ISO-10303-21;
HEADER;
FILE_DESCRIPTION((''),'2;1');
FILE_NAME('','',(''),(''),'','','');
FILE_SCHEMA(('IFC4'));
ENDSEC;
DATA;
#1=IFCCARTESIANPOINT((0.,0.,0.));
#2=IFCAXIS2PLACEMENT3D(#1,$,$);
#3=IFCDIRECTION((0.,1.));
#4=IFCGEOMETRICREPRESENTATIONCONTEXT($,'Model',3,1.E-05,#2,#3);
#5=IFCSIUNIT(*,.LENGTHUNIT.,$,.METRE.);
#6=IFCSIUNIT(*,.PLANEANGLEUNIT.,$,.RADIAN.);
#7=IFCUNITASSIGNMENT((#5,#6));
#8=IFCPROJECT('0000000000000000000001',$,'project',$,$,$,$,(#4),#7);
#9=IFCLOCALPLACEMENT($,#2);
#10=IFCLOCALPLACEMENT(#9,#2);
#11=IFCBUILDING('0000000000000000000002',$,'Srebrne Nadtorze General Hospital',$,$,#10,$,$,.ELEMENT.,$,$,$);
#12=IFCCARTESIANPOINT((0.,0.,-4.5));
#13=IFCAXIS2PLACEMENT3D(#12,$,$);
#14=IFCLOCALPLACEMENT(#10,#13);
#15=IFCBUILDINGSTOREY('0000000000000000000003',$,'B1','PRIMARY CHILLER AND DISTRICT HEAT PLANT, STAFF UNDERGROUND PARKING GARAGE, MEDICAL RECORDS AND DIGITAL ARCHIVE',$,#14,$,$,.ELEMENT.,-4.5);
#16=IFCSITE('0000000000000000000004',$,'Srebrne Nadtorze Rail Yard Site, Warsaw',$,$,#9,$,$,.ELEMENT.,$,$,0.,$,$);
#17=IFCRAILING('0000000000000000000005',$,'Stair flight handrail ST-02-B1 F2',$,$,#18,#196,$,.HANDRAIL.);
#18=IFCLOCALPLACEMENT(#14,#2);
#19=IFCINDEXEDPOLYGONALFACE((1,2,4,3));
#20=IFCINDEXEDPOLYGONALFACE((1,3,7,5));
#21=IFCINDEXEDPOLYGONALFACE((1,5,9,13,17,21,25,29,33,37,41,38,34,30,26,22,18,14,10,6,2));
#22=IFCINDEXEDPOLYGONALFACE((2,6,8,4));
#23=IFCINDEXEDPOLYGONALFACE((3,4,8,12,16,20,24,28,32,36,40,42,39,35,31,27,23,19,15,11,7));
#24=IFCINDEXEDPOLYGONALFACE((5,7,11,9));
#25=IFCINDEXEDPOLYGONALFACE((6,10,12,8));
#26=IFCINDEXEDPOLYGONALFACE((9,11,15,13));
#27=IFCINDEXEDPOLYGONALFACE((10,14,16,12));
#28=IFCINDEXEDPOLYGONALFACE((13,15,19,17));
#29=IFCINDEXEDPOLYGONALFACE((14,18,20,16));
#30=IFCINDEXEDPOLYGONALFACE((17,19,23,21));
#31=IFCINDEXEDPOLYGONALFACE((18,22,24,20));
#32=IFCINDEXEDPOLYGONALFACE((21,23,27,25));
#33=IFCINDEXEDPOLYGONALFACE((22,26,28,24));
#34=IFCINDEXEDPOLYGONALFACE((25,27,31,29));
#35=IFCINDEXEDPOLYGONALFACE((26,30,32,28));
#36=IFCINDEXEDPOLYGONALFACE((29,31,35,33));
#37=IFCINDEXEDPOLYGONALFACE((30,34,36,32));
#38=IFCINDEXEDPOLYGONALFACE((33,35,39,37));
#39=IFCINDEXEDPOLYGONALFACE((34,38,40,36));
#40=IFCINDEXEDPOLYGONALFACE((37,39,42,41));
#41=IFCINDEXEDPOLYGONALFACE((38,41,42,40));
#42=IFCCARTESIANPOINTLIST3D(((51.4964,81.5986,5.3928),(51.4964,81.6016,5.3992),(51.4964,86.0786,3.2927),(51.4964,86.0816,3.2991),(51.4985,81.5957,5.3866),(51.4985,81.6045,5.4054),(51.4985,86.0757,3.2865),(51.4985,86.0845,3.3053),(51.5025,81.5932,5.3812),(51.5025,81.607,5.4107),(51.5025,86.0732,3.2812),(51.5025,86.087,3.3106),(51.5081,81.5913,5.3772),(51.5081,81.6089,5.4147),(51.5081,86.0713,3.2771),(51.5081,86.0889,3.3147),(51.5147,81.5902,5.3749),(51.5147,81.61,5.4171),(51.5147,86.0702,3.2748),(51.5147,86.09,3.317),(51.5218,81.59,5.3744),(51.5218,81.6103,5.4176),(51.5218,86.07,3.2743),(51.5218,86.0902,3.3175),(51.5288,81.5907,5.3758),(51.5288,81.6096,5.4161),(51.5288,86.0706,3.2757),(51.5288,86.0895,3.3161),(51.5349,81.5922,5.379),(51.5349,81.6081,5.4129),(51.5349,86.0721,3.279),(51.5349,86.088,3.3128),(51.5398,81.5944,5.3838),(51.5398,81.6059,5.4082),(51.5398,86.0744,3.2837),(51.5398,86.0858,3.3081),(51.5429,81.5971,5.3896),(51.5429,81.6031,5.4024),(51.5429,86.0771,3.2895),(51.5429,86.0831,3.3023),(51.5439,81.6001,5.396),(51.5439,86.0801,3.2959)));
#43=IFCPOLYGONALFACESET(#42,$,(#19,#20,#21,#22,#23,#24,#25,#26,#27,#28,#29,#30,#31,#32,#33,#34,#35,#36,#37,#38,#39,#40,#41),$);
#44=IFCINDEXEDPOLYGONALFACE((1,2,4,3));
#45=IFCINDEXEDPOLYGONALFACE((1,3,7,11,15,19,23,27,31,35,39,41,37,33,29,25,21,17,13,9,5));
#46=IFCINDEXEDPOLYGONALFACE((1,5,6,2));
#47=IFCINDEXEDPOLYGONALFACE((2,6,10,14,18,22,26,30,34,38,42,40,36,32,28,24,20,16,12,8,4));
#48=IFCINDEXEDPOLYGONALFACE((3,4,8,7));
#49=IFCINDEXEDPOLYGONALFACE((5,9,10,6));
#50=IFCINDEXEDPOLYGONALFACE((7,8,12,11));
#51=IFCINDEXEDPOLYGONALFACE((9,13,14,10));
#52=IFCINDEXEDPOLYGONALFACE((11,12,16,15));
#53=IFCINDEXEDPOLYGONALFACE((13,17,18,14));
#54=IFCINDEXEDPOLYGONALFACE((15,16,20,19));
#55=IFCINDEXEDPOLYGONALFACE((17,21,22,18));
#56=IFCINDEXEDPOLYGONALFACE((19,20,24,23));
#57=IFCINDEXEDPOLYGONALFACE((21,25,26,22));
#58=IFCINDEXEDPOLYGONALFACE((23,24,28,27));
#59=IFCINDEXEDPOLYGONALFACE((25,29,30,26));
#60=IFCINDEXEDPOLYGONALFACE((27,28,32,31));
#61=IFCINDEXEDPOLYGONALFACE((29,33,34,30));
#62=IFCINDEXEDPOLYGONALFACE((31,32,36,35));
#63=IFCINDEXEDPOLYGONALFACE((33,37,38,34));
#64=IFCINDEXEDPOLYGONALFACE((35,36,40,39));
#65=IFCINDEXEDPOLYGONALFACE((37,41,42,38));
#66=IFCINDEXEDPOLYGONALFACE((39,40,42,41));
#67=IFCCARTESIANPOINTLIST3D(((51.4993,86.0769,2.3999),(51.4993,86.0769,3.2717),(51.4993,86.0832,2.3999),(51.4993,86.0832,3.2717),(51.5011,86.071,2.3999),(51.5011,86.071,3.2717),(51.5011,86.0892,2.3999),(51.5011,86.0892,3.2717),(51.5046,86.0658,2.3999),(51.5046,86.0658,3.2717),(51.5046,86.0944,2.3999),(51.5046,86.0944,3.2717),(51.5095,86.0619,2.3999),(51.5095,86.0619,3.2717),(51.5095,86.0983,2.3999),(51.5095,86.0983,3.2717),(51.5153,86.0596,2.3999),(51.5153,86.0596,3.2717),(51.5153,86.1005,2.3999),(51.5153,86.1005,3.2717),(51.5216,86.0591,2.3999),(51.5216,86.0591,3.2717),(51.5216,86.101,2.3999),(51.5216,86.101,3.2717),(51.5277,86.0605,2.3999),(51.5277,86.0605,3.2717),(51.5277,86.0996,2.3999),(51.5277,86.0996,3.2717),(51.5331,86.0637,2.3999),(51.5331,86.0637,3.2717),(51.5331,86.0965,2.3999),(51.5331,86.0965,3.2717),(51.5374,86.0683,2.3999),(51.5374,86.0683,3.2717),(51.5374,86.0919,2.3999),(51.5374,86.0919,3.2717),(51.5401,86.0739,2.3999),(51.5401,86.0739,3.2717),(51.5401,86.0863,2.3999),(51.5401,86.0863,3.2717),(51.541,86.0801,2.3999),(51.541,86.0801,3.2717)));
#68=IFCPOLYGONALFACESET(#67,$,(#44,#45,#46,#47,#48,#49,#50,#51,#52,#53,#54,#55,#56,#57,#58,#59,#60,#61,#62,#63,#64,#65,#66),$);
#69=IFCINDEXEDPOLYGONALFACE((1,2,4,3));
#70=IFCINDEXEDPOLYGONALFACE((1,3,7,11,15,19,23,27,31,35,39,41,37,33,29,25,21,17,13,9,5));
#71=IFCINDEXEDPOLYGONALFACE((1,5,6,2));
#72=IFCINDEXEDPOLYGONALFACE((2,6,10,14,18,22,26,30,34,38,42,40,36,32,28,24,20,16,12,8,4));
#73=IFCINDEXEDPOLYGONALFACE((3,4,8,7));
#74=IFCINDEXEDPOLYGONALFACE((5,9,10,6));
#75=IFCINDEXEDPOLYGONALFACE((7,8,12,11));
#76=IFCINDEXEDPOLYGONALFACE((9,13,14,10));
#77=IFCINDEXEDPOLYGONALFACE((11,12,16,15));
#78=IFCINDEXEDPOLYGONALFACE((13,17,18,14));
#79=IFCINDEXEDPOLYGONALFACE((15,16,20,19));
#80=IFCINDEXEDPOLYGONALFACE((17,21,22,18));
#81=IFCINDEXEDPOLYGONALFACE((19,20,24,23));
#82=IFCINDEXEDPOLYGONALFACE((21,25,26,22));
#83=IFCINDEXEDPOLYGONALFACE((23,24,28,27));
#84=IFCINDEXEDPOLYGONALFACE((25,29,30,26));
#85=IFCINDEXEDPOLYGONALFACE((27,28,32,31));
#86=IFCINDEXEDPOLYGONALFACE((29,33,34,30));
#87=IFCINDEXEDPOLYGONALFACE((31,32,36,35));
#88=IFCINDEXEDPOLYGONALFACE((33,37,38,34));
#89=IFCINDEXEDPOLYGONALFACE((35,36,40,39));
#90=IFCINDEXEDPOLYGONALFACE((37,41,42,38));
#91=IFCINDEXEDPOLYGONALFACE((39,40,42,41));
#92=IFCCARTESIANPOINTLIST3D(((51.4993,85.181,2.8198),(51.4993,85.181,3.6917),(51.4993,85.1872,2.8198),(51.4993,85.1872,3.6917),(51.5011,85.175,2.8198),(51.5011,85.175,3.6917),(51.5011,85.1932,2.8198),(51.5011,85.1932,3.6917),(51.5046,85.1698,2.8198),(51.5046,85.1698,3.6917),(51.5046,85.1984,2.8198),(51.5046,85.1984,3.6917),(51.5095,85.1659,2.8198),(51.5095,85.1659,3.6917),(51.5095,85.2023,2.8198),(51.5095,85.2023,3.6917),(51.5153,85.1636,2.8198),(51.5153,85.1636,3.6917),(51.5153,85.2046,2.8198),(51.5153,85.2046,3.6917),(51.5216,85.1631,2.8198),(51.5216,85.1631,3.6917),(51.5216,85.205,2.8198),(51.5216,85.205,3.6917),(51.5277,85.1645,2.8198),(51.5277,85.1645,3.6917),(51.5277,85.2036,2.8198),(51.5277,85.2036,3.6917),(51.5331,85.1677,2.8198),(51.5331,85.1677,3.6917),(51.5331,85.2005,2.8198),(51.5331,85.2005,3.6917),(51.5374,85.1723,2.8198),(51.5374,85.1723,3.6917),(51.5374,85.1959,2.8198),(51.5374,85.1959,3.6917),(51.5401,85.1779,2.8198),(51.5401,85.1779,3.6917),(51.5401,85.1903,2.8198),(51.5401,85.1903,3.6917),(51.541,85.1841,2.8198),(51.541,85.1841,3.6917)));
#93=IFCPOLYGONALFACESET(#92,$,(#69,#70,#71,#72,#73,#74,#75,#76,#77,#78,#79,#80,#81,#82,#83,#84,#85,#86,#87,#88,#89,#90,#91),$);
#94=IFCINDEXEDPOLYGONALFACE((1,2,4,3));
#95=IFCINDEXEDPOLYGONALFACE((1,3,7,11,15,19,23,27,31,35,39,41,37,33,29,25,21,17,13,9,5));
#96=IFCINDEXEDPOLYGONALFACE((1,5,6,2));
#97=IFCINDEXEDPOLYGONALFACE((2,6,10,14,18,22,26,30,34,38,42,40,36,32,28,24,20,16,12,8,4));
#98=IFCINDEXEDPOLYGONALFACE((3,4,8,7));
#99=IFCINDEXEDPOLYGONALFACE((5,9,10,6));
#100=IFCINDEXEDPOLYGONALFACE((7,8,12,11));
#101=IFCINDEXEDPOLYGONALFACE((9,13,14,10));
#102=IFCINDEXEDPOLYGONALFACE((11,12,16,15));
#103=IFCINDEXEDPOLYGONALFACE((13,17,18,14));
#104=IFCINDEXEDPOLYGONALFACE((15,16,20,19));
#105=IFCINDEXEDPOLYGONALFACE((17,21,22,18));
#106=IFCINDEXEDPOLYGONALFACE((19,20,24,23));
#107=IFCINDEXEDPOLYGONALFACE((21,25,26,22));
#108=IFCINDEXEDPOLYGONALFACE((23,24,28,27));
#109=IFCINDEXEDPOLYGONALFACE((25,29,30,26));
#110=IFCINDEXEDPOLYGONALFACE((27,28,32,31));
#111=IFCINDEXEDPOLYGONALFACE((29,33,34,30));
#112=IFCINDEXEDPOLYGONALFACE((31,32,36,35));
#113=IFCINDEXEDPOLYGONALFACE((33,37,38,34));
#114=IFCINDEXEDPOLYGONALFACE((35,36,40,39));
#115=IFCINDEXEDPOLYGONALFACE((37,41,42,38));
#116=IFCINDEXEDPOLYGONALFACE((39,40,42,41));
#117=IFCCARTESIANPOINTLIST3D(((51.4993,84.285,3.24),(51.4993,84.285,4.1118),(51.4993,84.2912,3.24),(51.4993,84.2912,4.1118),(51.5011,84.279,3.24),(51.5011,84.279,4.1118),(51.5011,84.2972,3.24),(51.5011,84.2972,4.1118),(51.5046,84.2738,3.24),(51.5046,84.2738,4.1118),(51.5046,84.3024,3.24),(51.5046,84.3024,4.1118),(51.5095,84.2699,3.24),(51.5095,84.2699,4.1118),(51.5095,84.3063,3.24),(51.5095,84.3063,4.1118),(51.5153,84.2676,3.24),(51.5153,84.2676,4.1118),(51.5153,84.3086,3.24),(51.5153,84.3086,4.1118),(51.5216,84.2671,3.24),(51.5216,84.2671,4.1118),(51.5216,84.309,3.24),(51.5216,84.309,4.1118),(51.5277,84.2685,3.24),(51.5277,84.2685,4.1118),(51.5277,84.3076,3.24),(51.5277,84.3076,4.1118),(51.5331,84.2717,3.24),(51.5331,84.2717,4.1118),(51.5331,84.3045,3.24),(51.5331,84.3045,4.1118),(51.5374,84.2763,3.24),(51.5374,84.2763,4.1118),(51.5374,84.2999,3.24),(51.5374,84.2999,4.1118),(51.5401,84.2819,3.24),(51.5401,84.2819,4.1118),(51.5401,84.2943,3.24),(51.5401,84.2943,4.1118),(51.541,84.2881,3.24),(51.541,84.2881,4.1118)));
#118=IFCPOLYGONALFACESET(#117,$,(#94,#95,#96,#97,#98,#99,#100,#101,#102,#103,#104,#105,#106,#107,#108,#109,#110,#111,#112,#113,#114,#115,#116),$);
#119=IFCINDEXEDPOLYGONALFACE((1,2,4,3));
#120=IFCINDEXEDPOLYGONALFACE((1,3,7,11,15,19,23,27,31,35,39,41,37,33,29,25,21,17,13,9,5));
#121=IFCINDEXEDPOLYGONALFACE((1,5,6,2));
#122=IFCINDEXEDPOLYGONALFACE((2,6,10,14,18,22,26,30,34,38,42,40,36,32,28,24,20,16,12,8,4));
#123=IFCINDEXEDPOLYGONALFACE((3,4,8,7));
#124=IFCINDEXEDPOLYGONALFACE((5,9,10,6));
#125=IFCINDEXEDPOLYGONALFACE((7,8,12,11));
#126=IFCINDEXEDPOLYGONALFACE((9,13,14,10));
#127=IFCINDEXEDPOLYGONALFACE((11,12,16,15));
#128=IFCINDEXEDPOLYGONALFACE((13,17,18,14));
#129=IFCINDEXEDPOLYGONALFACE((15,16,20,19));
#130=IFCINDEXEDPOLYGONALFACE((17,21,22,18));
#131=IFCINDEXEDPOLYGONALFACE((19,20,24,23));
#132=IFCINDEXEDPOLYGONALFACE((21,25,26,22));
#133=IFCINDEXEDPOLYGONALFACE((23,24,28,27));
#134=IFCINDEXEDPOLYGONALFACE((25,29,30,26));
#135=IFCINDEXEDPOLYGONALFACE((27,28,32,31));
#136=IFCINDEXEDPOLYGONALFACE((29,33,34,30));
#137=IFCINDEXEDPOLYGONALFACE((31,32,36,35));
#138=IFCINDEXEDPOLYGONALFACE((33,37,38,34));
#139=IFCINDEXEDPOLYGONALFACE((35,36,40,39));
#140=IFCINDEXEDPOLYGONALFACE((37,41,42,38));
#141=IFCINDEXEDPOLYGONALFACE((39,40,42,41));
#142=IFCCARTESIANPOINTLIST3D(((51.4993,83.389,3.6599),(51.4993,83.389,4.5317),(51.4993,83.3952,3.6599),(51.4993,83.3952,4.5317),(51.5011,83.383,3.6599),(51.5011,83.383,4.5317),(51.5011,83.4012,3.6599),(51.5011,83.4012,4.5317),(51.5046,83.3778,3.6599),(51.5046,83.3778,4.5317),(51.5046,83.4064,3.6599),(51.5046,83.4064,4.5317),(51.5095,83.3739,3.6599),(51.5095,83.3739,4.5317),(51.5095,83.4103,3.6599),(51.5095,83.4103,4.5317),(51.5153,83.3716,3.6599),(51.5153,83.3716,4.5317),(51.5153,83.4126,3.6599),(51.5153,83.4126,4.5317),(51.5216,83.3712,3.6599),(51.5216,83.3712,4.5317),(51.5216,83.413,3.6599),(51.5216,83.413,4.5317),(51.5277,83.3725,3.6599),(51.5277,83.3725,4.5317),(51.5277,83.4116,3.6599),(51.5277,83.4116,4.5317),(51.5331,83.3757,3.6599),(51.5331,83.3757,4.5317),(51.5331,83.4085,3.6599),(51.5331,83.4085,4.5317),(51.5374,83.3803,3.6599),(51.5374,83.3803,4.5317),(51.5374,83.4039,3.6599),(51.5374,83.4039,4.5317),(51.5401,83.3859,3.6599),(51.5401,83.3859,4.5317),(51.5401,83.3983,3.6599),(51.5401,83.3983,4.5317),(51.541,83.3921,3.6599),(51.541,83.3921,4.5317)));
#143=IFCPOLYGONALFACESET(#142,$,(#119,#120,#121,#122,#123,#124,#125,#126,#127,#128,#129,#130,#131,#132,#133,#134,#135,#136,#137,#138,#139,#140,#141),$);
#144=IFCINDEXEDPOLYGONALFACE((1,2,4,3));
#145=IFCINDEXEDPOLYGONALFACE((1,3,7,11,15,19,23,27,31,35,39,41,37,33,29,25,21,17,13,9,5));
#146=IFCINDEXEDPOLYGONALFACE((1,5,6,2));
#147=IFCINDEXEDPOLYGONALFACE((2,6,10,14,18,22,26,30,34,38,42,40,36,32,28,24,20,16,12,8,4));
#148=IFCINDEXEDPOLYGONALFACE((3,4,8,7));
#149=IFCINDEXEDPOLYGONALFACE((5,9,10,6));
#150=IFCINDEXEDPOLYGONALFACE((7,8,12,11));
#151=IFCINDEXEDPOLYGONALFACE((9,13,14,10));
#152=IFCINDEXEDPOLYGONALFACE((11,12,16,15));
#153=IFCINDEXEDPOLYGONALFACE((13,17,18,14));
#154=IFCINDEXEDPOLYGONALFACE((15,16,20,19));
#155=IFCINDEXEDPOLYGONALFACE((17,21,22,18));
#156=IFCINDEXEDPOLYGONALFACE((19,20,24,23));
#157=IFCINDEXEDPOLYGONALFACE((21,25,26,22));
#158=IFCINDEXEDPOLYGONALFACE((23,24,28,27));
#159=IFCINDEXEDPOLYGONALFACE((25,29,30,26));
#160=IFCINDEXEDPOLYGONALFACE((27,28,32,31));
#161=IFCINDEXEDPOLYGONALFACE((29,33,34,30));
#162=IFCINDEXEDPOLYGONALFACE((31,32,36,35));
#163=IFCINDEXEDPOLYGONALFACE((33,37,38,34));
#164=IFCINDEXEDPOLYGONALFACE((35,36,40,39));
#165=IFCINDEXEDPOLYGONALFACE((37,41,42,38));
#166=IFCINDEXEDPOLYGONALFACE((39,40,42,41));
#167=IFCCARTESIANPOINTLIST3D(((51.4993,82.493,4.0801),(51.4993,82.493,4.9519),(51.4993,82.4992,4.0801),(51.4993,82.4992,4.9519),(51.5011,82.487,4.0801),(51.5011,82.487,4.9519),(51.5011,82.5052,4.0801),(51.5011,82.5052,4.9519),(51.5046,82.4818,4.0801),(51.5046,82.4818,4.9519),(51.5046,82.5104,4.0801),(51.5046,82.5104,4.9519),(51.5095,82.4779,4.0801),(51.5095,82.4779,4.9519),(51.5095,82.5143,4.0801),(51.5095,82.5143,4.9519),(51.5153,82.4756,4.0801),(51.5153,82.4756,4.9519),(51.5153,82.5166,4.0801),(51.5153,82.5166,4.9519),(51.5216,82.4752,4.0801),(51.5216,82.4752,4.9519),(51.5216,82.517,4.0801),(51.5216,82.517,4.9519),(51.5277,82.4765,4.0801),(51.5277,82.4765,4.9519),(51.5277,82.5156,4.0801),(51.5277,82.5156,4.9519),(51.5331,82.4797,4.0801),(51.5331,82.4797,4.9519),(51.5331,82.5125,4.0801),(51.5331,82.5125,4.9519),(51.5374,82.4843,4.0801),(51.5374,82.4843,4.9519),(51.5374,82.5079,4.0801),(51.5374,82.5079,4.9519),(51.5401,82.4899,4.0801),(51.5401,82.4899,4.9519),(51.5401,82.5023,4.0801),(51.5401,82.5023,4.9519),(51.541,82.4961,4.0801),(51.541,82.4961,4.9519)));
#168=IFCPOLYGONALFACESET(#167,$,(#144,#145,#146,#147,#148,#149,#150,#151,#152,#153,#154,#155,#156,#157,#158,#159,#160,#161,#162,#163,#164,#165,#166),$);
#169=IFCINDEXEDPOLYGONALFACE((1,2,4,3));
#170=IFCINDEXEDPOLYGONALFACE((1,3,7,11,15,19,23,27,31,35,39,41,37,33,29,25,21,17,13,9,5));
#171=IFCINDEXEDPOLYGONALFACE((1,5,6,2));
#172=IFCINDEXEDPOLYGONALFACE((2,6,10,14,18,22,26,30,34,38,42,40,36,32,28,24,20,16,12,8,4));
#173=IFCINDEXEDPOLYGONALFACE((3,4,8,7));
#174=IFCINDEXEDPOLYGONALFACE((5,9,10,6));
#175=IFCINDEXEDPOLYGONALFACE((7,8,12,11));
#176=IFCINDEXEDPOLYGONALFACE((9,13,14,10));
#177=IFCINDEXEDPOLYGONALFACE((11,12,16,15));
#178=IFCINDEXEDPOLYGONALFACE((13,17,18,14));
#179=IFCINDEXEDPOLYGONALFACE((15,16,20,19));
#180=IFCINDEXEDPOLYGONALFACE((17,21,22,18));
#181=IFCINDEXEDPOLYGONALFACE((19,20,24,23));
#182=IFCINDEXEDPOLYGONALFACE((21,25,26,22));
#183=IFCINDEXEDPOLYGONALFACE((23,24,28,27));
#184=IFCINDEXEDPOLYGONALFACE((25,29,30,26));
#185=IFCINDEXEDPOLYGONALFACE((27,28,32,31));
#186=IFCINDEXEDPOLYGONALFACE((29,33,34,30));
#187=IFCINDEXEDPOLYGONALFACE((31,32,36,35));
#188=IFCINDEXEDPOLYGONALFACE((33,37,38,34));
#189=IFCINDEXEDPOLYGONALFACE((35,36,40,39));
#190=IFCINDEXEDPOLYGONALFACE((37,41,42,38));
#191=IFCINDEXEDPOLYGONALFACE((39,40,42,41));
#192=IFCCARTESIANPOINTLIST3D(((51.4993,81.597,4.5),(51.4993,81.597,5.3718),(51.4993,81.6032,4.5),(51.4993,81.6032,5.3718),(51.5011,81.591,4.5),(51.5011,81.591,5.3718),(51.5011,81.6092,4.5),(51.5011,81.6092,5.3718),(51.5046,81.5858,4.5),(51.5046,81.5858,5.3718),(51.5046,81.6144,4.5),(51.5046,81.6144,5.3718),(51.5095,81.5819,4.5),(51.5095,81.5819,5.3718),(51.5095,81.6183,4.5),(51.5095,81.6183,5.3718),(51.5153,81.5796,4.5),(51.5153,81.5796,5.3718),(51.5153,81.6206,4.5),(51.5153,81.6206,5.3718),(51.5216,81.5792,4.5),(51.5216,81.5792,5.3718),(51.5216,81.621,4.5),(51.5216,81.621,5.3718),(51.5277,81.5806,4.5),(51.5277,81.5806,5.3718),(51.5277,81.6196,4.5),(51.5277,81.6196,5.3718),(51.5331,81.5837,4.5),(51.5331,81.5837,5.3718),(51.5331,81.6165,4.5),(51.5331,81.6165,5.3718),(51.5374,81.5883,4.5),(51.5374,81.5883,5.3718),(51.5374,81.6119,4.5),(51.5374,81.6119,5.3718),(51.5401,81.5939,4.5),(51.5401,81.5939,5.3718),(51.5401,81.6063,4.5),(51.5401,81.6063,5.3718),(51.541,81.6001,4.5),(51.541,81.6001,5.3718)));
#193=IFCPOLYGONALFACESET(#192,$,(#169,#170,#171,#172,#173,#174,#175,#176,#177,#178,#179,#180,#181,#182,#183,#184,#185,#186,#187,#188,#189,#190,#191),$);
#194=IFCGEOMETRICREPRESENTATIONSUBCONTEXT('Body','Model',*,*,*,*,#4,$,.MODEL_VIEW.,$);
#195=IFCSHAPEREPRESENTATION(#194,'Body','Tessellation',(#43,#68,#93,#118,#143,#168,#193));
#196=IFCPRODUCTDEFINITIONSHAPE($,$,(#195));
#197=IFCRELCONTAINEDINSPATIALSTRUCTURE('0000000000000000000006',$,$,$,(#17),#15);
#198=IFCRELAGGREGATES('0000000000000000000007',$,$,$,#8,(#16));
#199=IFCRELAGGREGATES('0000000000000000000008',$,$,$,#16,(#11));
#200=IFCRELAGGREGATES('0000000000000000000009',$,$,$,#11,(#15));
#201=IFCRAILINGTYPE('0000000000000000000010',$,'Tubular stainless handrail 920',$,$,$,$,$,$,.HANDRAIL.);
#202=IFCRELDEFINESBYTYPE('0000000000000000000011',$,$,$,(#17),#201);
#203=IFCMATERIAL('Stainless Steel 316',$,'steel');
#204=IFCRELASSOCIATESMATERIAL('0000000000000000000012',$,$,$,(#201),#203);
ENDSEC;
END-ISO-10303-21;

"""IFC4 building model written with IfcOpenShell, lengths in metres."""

from ifc_helpers import new_model, si_unit, direction, frame, origin, origin_2d, place, context, subcontext, project, spatial, circle, extrude, material, type_object, element, save


model = new_model("IFC4")

# Units and contexts
model_context = context("Model", 3, precision=1e-05, world=origin(), true_north=direction((0.0, 1.0)))
body_context = subcontext(model_context, "Body", "Model", "MODEL_VIEW")
ifc_project = project(units=[si_unit("LENGTHUNIT", "METRE"), si_unit("PLANEANGLEUNIT", "RADIAN")], contexts=[model_context])

# Site, building, storey
site_placement = place(None, origin())
site = spatial("IfcSite", under=ifc_project, at=site_placement, Name="Srebrne Nadtorze Rail Yard Site, Warsaw", CompositionType="ELEMENT", RefElevation=0.0)
building_placement = place(site_placement, origin())
building = spatial("IfcBuilding", under=site, at=building_placement, Name="Srebrne Nadtorze General Hospital", CompositionType="ELEMENT")
storey_placement = place(building_placement, frame((0.0, 0.0, -4.5)))
storey = spatial("IfcBuildingStorey", under=building, at=storey_placement, Name="B1", Description="PRIMARY CHILLER AND DISTRICT HEAT PLANT, STAFF UNDERGROUND PARKING GARAGE, MEDICAL RECORDS AND DIGITAL ARCHIVE", CompositionType="ELEMENT", Elevation=-4.5)

# Railing
ifc_material_1 = material(Name="Stainless Steel 316", Category="steel")
railing_type_1 = type_object("IfcRailingType", Name="Tubular stainless handrail 920", PredefinedType="HANDRAIL", material=ifc_material_1)
railing_1_placement = place(storey_placement, frame((51.52, 86.0801, 2.3999)))
element("IfcRailing", 1, at=railing_1_placement, inside=storey, type_object=railing_type_1, Name="Stair flight handrail ST-02-B1 F2", PredefinedType="HANDRAIL", context=body_context, shape_type="SweptSolid", body=[
    extrude(circle(Radius=0.0239, at=origin_2d()), frame((0.0, 0.0, 0.896), z_axis=(0.0, -0.905451, 0.424452), x_axis=(1.0, 0.0, 0.0)), (0.0, 0.0, 1.0), 4.9478),
    extrude(circle(Radius=0.021, at=origin_2d()), origin(), (0.0, 0.0, 1.0), 0.8718),
    extrude(circle(Radius=0.021, at=origin_2d()), frame((0.0, -0.896, 0.4199)), (0.0, 0.0, 1.0), 0.8718),
    extrude(circle(Radius=0.021, at=origin_2d()), frame((0.0, -1.792, 0.8401)), (0.0, 0.0, 1.0), 0.8718),
    extrude(circle(Radius=0.021, at=origin_2d()), frame((0.0, -2.688, 1.26)), (0.0, 0.0, 1.0), 0.8718),
    extrude(circle(Radius=0.021, at=origin_2d()), frame((0.0, -3.584, 1.6802)), (0.0, 0.0, 1.0), 0.8718),
    extrude(circle(Radius=0.021, at=origin_2d()), frame((0.0, -4.48, 2.1001)), (0.0, 0.0, 1.0), 0.8718),
])

save(model, "model.ifc")
